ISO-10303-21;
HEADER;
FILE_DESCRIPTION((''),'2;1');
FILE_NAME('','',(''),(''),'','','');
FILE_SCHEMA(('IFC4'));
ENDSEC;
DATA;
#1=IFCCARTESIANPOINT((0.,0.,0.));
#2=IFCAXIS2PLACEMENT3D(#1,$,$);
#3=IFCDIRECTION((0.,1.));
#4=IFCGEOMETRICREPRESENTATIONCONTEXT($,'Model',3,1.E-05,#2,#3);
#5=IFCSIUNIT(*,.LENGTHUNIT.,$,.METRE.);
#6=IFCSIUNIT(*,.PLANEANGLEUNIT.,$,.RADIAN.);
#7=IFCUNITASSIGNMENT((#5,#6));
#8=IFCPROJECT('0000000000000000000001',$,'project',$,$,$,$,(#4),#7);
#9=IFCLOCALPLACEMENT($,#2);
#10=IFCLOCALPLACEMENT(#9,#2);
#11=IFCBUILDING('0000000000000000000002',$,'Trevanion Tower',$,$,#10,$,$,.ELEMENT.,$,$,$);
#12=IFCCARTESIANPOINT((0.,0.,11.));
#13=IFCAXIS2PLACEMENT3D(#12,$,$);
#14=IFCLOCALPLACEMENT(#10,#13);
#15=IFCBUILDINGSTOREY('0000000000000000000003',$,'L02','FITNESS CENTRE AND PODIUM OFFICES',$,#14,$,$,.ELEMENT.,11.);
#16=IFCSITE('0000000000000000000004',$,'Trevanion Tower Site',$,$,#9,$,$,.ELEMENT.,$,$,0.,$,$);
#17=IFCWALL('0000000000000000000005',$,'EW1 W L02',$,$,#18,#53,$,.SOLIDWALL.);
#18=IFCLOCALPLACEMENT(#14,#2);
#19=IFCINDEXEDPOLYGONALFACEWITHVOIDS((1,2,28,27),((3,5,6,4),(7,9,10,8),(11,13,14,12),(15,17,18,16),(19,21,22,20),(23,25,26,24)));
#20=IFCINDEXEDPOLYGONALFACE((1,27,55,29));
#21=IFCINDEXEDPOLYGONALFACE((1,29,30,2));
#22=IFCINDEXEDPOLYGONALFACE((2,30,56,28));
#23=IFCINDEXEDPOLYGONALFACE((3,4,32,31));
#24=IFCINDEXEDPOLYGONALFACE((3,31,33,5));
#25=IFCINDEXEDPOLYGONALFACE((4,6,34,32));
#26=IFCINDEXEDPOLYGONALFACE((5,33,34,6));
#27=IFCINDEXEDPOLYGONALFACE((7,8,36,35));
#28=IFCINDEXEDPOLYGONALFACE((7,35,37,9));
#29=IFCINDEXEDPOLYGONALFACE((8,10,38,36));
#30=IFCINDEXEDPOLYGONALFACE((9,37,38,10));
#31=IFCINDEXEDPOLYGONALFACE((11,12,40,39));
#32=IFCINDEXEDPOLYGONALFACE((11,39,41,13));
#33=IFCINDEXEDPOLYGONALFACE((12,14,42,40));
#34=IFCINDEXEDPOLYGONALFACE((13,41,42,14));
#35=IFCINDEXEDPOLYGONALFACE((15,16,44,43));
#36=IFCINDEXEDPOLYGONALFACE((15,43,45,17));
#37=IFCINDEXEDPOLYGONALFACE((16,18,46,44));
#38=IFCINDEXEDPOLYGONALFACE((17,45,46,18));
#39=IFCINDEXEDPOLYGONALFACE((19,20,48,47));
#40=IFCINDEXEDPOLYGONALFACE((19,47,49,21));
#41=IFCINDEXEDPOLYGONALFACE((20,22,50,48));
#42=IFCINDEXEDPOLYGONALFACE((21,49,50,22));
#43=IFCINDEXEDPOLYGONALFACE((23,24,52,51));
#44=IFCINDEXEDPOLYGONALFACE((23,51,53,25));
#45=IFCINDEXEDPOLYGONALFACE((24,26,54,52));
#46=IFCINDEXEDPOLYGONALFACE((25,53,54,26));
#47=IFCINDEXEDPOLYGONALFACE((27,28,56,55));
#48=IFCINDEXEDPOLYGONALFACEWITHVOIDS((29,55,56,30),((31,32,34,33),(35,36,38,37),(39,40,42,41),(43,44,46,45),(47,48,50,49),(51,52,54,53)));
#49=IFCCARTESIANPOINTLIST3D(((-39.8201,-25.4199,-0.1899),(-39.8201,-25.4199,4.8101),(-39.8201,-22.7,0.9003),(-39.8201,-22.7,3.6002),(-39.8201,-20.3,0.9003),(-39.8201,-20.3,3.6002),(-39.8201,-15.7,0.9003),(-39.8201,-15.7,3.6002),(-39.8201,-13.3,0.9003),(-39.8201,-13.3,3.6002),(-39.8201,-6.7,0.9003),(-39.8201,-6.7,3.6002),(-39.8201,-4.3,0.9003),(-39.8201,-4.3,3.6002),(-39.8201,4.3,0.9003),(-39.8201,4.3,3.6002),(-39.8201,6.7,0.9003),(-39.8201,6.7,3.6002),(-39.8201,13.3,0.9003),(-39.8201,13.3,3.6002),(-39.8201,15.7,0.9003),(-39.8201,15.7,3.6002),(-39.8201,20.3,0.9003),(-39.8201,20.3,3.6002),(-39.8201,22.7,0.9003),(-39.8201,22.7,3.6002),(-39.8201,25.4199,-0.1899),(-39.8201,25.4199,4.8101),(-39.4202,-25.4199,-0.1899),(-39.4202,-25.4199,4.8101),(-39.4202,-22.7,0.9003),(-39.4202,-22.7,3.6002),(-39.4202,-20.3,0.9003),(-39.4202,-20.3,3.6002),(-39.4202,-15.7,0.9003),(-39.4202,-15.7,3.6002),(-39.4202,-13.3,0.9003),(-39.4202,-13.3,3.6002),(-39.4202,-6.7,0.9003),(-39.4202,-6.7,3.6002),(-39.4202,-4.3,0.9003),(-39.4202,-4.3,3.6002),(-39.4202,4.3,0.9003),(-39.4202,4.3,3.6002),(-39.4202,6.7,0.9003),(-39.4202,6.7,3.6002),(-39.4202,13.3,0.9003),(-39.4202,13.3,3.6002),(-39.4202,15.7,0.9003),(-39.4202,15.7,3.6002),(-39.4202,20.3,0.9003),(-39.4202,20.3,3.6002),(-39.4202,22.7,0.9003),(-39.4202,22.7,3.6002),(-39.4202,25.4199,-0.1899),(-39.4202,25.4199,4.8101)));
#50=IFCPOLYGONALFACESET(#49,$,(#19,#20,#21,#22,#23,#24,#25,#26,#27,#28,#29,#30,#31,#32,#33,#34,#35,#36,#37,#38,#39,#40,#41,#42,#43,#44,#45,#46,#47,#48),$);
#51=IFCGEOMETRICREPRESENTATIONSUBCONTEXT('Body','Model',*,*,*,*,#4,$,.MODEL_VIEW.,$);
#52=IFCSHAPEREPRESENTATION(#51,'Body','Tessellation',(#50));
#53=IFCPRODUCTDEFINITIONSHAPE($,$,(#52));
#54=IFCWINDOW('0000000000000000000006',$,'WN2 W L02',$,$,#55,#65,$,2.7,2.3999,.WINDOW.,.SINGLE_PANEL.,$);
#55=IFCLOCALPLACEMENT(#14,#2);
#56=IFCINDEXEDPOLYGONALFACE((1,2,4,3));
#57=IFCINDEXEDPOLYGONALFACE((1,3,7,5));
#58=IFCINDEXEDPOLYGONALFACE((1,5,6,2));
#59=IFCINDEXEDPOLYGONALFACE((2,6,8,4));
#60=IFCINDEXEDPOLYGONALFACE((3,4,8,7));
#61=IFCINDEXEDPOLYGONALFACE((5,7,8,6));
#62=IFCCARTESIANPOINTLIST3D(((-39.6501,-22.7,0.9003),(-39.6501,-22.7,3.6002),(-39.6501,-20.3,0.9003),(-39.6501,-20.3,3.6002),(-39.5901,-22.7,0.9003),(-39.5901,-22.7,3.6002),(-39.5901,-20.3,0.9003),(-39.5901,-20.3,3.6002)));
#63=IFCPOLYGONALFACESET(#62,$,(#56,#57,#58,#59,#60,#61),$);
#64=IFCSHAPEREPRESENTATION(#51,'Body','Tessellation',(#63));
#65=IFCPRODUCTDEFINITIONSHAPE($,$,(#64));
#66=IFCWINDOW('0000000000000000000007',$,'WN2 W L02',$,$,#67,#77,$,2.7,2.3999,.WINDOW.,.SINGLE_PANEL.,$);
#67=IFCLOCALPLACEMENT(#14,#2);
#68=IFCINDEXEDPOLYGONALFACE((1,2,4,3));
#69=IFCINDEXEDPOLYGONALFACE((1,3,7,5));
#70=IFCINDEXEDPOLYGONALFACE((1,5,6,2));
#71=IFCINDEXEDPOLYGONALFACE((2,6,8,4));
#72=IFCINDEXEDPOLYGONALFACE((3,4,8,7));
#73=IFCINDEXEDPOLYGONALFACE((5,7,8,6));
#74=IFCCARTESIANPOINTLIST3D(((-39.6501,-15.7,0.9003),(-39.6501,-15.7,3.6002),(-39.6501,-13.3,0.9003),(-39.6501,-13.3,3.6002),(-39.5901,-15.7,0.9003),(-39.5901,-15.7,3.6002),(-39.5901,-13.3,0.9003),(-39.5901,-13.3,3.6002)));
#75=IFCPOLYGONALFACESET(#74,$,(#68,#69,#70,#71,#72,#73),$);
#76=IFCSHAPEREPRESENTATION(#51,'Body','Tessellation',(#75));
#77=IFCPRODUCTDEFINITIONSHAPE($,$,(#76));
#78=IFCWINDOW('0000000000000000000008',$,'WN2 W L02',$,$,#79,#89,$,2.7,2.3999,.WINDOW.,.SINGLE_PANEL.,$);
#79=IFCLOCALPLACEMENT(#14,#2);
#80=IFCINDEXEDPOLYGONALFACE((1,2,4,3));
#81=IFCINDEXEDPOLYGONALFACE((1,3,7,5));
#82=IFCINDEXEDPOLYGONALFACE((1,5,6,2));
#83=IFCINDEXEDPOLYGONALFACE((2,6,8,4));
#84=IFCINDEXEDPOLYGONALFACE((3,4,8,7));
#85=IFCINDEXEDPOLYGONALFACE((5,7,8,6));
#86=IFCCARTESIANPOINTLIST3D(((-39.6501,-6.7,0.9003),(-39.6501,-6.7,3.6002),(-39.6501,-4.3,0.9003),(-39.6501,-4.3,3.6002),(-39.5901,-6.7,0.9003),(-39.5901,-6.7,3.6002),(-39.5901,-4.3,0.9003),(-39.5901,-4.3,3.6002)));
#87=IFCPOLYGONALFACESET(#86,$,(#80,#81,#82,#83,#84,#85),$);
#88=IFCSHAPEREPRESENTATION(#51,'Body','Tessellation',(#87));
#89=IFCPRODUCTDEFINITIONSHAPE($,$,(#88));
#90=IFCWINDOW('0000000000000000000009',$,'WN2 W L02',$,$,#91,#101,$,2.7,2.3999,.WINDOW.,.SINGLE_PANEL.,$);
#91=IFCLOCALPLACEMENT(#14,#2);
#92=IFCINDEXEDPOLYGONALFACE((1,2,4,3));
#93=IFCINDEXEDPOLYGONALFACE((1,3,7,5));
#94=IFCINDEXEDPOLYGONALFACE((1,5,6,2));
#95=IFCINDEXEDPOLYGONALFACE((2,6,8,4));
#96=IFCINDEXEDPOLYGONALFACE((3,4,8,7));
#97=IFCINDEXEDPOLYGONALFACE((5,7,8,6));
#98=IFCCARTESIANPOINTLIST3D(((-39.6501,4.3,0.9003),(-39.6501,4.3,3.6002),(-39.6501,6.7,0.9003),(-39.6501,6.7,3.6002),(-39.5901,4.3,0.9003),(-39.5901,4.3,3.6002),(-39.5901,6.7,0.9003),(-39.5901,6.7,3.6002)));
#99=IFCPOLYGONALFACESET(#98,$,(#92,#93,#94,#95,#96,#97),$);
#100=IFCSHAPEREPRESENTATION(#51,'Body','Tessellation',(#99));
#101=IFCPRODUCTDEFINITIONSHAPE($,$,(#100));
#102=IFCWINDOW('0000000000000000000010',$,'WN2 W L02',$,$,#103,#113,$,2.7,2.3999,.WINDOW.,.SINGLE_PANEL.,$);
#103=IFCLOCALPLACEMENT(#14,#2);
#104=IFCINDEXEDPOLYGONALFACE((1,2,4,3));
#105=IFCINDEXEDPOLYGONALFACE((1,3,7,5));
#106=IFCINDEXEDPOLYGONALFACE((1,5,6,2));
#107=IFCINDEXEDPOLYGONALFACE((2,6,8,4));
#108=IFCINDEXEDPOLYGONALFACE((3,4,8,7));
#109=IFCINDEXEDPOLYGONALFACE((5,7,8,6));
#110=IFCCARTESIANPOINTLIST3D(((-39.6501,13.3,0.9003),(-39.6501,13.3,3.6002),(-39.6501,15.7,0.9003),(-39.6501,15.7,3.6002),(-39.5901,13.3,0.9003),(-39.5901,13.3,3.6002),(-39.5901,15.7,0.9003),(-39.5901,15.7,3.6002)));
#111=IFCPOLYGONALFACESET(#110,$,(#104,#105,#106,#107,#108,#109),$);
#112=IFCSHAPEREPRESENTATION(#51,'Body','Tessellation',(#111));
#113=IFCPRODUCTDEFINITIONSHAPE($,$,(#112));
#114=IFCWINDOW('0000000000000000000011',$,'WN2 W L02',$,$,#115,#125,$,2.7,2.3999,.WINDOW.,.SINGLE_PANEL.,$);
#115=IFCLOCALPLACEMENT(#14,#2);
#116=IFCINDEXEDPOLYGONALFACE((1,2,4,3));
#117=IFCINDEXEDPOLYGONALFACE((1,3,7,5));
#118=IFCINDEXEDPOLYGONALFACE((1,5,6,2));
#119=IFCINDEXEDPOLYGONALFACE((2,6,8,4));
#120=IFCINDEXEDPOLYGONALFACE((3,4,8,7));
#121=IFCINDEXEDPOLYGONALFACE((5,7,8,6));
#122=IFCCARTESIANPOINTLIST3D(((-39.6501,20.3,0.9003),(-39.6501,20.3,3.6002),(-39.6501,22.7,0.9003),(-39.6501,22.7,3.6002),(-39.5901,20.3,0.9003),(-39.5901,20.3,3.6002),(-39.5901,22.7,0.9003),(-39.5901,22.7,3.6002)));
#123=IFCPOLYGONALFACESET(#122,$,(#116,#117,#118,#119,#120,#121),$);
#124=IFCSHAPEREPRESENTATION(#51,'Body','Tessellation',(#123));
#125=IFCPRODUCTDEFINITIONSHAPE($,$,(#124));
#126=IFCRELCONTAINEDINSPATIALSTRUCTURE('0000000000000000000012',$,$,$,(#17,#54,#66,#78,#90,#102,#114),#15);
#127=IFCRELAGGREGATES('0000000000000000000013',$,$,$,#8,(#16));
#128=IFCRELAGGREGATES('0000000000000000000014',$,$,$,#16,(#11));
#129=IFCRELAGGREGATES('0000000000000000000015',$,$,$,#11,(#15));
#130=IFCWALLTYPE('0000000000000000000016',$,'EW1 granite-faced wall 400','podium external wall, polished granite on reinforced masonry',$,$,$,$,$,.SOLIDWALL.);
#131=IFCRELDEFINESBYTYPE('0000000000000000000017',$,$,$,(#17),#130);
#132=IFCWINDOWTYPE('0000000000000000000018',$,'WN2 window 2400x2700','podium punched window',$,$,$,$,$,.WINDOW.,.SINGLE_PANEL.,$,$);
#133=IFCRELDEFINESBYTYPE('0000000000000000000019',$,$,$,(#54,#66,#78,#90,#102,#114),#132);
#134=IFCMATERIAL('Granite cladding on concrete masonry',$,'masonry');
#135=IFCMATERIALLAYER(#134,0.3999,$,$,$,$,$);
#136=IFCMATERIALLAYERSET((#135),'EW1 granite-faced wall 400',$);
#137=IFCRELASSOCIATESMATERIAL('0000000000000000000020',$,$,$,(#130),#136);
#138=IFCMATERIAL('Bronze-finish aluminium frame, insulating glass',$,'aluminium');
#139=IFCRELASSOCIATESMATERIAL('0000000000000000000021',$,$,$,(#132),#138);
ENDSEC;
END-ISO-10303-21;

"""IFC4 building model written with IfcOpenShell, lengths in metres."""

from ifc_helpers import new_model, si_unit, direction, frame, frame_2d, origin, place, context, subcontext, project, spatial, rectangle, extrude, material, layer, layer_set, type_object, element, fill, save


model = new_model("IFC4")

# Units and contexts
model_context = context("Model", 3, precision=1e-05, world=origin(), true_north=direction((0.0, 1.0)))
body_context = subcontext(model_context, "Body", "Model", "MODEL_VIEW")
ifc_project = project(units=[si_unit("LENGTHUNIT", "METRE"), si_unit("PLANEANGLEUNIT", "RADIAN")], contexts=[model_context])

# Site, building, storey
site_placement = place(None, origin())
site = spatial("IfcSite", under=ifc_project, at=site_placement, Name="Trevanion Tower Site", CompositionType="ELEMENT", RefElevation=0.0)
building_placement = place(site_placement, origin())
building = spatial("IfcBuilding", under=site, at=building_placement, Name="Trevanion Tower", CompositionType="ELEMENT")
storey_placement = place(building_placement, frame((0.0, 0.0, 11.0)))
storey = spatial("IfcBuildingStorey", under=building, at=storey_placement, Name="L02", Description="FITNESS CENTRE AND PODIUM OFFICES", CompositionType="ELEMENT", Elevation=11.0)

# Wall, openings, windows
ifc_material_1 = material(Name="Granite cladding on concrete masonry", Category="masonry")
ifc_layer = layer(ifc_material_1, 0.3999)
ifc_layer_set = layer_set([ifc_layer], Name="EW1 granite-faced wall 400")
wall_type = type_object("IfcWallType", Name="EW1 granite-faced wall 400", Description="podium external wall, polished granite on reinforced masonry", PredefinedType="SOLIDWALL", material=ifc_layer_set)
wall_placement = place(storey_placement, frame((-39.6201, 25.4199, -0.1899), z_axis=(0.0, 0.0, 1.0), x_axis=(0.0, -1.0, 0.0)))
wall = element("IfcWall", 1, at=wall_placement, inside=storey, type_object=wall_type, Name="EW1 W L02", PredefinedType="SOLIDWALL", context=body_context, shape_type="SweptSolid", body=[
    extrude(rectangle(XDim=50.8398, YDim=0.3999, at=frame_2d((25.4199, 0.0))), origin(), (0.0, 0.0, 1.0), 5.0),
])
opening_1_placement = place(wall_placement, frame((45.72, 0.0, 1.0901)))
opening_1 = element("IfcOpeningElement", 2, at=opening_1_placement, cuts=wall, PredefinedType="OPENING", context=body_context, shape_type="SweptSolid", body=[
    extrude(rectangle(XDim=2.3999, YDim=2.7, at=frame_2d((1.2, 1.3501))), frame((0.0, 0.21, 0.0), z_axis=(0.0, -1.0, 0.0), x_axis=(1.0, 0.0, 0.0)), (0.0, 0.0, 1.0), 0.4199),
])
opening_2_placement = place(wall_placement, frame((38.72, 0.0, 1.0901)))
opening_2 = element("IfcOpeningElement", 3, at=opening_2_placement, cuts=wall, PredefinedType="OPENING", context=body_context, shape_type="SweptSolid", body=[
    extrude(rectangle(XDim=2.3999, YDim=2.7, at=frame_2d((1.2, 1.3501))), frame((0.0, 0.21, 0.0), z_axis=(0.0, -1.0, 0.0), x_axis=(1.0, 0.0, 0.0)), (0.0, 0.0, 1.0), 0.4199),
])
opening_3_placement = place(wall_placement, frame((29.72, 0.0, 1.0901)))
opening_3 = element("IfcOpeningElement", 4, at=opening_3_placement, cuts=wall, PredefinedType="OPENING", context=body_context, shape_type="SweptSolid", body=[
    extrude(rectangle(XDim=2.3999, YDim=2.7, at=frame_2d((1.2, 1.3501))), frame((0.0, 0.21, 0.0), z_axis=(0.0, -1.0, 0.0), x_axis=(1.0, 0.0, 0.0)), (0.0, 0.0, 1.0), 0.4199),
])
opening_4_placement = place(wall_placement, frame((18.72, 0.0, 1.0901)))
opening_4 = element("IfcOpeningElement", 5, at=opening_4_placement, cuts=wall, PredefinedType="OPENING", context=body_context, shape_type="SweptSolid", body=[
    extrude(rectangle(XDim=2.3999, YDim=2.7, at=frame_2d((1.2, 1.3501))), frame((0.0, 0.21, 0.0), z_axis=(0.0, -1.0, 0.0), x_axis=(1.0, 0.0, 0.0)), (0.0, 0.0, 1.0), 0.4199),
])
opening_5_placement = place(wall_placement, frame((9.72, 0.0, 1.0901)))
opening_5 = element("IfcOpeningElement", 6, at=opening_5_placement, cuts=wall, PredefinedType="OPENING", context=body_context, shape_type="SweptSolid", body=[
    extrude(rectangle(XDim=2.3999, YDim=2.7, at=frame_2d((1.2, 1.3501))), frame((0.0, 0.21, 0.0), z_axis=(0.0, -1.0, 0.0), x_axis=(1.0, 0.0, 0.0)), (0.0, 0.0, 1.0), 0.4199),
])
opening_6_placement = place(wall_placement, frame((2.72, 0.0, 1.0901)))
opening_6 = element("IfcOpeningElement", 7, at=opening_6_placement, cuts=wall, PredefinedType="OPENING", context=body_context, shape_type="SweptSolid", body=[
    extrude(rectangle(XDim=2.3999, YDim=2.7, at=frame_2d((1.2, 1.3501))), frame((0.0, 0.21, 0.0), z_axis=(0.0, -1.0, 0.0), x_axis=(1.0, 0.0, 0.0)), (0.0, 0.0, 1.0), 0.4199),
])
ifc_material_2 = material(Name="Bronze-finish aluminium frame, insulating glass", Category="aluminium")
window_type = type_object("IfcWindowType", Name="WN2 window 2400x2700", Description="podium punched window", PartitioningType="SINGLE_PANEL", PredefinedType="WINDOW", material=ifc_material_2)
window_1_placement = place(opening_1_placement, origin())
window_1 = element("IfcWindow", 8, at=window_1_placement, inside=storey, type_object=window_type, Name="WN2 W L02", OverallHeight=2.7, OverallWidth=2.3999, PartitioningType="SINGLE_PANEL", PredefinedType="WINDOW", context=body_context, shape_type="SweptSolid", body=[
    extrude(rectangle(XDim=2.3999, YDim=2.7, at=frame_2d((1.2, 1.3501))), frame((0.0, 0.03, 0.0), z_axis=(0.0, -1.0, 0.0), x_axis=(1.0, 0.0, 0.0)), (0.0, 0.0, 1.0), 0.0601),
])
fill(opening_1, window_1)
window_2_placement = place(opening_2_placement, origin())
window_2 = element("IfcWindow", 9, at=window_2_placement, inside=storey, type_object=window_type, Name="WN2 W L02", OverallHeight=2.7, OverallWidth=2.3999, PartitioningType="SINGLE_PANEL", PredefinedType="WINDOW", context=body_context, shape_type="SweptSolid", body=[
    extrude(rectangle(XDim=2.3999, YDim=2.7, at=frame_2d((1.2, 1.3501))), frame((0.0, 0.03, 0.0), z_axis=(0.0, -1.0, 0.0), x_axis=(1.0, 0.0, 0.0)), (0.0, 0.0, 1.0), 0.0601),
])
fill(opening_2, window_2)
window_3_placement = place(opening_3_placement, origin())
window_3 = element("IfcWindow", 10, at=window_3_placement, inside=storey, type_object=window_type, Name="WN2 W L02", OverallHeight=2.7, OverallWidth=2.3999, PartitioningType="SINGLE_PANEL", PredefinedType="WINDOW", context=body_context, shape_type="SweptSolid", body=[
    extrude(rectangle(XDim=2.3999, YDim=2.7, at=frame_2d((1.2, 1.3501))), frame((0.0, 0.03, 0.0), z_axis=(0.0, -1.0, 0.0), x_axis=(1.0, 0.0, 0.0)), (0.0, 0.0, 1.0), 0.0601),
])
fill(opening_3, window_3)
window_4_placement = place(opening_4_placement, origin())
window_4 = element("IfcWindow", 11, at=window_4_placement, inside=storey, type_object=window_type, Name="WN2 W L02", OverallHeight=2.7, OverallWidth=2.3999, PartitioningType="SINGLE_PANEL", PredefinedType="WINDOW", context=body_context, shape_type="SweptSolid", body=[
    extrude(rectangle(XDim=2.3999, YDim=2.7, at=frame_2d((1.2, 1.3501))), frame((0.0, 0.03, 0.0), z_axis=(0.0, -1.0, 0.0), x_axis=(1.0, 0.0, 0.0)), (0.0, 0.0, 1.0), 0.0601),
])
fill(opening_4, window_4)
window_5_placement = place(opening_5_placement, origin())
window_5 = element("IfcWindow", 12, at=window_5_placement, inside=storey, type_object=window_type, Name="WN2 W L02", OverallHeight=2.7, OverallWidth=2.3999, PartitioningType="SINGLE_PANEL", PredefinedType="WINDOW", context=body_context, shape_type="SweptSolid", body=[
    extrude(rectangle(XDim=2.3999, YDim=2.7, at=frame_2d((1.2, 1.3501))), frame((0.0, 0.03, 0.0), z_axis=(0.0, -1.0, 0.0), x_axis=(1.0, 0.0, 0.0)), (0.0, 0.0, 1.0), 0.0601),
])
fill(opening_5, window_5)
window_6_placement = place(opening_6_placement, origin())
window_6 = element("IfcWindow", 13, at=window_6_placement, inside=storey, type_object=window_type, Name="WN2 W L02", OverallHeight=2.7, OverallWidth=2.3999, PartitioningType="SINGLE_PANEL", PredefinedType="WINDOW", context=body_context, shape_type="SweptSolid", body=[
    extrude(rectangle(XDim=2.3999, YDim=2.7, at=frame_2d((1.2, 1.3501))), frame((0.0, 0.03, 0.0), z_axis=(0.0, -1.0, 0.0), x_axis=(1.0, 0.0, 0.0)), (0.0, 0.0, 1.0), 0.0601),
])
fill(opening_6, window_6)

save(model, "model.ifc")
